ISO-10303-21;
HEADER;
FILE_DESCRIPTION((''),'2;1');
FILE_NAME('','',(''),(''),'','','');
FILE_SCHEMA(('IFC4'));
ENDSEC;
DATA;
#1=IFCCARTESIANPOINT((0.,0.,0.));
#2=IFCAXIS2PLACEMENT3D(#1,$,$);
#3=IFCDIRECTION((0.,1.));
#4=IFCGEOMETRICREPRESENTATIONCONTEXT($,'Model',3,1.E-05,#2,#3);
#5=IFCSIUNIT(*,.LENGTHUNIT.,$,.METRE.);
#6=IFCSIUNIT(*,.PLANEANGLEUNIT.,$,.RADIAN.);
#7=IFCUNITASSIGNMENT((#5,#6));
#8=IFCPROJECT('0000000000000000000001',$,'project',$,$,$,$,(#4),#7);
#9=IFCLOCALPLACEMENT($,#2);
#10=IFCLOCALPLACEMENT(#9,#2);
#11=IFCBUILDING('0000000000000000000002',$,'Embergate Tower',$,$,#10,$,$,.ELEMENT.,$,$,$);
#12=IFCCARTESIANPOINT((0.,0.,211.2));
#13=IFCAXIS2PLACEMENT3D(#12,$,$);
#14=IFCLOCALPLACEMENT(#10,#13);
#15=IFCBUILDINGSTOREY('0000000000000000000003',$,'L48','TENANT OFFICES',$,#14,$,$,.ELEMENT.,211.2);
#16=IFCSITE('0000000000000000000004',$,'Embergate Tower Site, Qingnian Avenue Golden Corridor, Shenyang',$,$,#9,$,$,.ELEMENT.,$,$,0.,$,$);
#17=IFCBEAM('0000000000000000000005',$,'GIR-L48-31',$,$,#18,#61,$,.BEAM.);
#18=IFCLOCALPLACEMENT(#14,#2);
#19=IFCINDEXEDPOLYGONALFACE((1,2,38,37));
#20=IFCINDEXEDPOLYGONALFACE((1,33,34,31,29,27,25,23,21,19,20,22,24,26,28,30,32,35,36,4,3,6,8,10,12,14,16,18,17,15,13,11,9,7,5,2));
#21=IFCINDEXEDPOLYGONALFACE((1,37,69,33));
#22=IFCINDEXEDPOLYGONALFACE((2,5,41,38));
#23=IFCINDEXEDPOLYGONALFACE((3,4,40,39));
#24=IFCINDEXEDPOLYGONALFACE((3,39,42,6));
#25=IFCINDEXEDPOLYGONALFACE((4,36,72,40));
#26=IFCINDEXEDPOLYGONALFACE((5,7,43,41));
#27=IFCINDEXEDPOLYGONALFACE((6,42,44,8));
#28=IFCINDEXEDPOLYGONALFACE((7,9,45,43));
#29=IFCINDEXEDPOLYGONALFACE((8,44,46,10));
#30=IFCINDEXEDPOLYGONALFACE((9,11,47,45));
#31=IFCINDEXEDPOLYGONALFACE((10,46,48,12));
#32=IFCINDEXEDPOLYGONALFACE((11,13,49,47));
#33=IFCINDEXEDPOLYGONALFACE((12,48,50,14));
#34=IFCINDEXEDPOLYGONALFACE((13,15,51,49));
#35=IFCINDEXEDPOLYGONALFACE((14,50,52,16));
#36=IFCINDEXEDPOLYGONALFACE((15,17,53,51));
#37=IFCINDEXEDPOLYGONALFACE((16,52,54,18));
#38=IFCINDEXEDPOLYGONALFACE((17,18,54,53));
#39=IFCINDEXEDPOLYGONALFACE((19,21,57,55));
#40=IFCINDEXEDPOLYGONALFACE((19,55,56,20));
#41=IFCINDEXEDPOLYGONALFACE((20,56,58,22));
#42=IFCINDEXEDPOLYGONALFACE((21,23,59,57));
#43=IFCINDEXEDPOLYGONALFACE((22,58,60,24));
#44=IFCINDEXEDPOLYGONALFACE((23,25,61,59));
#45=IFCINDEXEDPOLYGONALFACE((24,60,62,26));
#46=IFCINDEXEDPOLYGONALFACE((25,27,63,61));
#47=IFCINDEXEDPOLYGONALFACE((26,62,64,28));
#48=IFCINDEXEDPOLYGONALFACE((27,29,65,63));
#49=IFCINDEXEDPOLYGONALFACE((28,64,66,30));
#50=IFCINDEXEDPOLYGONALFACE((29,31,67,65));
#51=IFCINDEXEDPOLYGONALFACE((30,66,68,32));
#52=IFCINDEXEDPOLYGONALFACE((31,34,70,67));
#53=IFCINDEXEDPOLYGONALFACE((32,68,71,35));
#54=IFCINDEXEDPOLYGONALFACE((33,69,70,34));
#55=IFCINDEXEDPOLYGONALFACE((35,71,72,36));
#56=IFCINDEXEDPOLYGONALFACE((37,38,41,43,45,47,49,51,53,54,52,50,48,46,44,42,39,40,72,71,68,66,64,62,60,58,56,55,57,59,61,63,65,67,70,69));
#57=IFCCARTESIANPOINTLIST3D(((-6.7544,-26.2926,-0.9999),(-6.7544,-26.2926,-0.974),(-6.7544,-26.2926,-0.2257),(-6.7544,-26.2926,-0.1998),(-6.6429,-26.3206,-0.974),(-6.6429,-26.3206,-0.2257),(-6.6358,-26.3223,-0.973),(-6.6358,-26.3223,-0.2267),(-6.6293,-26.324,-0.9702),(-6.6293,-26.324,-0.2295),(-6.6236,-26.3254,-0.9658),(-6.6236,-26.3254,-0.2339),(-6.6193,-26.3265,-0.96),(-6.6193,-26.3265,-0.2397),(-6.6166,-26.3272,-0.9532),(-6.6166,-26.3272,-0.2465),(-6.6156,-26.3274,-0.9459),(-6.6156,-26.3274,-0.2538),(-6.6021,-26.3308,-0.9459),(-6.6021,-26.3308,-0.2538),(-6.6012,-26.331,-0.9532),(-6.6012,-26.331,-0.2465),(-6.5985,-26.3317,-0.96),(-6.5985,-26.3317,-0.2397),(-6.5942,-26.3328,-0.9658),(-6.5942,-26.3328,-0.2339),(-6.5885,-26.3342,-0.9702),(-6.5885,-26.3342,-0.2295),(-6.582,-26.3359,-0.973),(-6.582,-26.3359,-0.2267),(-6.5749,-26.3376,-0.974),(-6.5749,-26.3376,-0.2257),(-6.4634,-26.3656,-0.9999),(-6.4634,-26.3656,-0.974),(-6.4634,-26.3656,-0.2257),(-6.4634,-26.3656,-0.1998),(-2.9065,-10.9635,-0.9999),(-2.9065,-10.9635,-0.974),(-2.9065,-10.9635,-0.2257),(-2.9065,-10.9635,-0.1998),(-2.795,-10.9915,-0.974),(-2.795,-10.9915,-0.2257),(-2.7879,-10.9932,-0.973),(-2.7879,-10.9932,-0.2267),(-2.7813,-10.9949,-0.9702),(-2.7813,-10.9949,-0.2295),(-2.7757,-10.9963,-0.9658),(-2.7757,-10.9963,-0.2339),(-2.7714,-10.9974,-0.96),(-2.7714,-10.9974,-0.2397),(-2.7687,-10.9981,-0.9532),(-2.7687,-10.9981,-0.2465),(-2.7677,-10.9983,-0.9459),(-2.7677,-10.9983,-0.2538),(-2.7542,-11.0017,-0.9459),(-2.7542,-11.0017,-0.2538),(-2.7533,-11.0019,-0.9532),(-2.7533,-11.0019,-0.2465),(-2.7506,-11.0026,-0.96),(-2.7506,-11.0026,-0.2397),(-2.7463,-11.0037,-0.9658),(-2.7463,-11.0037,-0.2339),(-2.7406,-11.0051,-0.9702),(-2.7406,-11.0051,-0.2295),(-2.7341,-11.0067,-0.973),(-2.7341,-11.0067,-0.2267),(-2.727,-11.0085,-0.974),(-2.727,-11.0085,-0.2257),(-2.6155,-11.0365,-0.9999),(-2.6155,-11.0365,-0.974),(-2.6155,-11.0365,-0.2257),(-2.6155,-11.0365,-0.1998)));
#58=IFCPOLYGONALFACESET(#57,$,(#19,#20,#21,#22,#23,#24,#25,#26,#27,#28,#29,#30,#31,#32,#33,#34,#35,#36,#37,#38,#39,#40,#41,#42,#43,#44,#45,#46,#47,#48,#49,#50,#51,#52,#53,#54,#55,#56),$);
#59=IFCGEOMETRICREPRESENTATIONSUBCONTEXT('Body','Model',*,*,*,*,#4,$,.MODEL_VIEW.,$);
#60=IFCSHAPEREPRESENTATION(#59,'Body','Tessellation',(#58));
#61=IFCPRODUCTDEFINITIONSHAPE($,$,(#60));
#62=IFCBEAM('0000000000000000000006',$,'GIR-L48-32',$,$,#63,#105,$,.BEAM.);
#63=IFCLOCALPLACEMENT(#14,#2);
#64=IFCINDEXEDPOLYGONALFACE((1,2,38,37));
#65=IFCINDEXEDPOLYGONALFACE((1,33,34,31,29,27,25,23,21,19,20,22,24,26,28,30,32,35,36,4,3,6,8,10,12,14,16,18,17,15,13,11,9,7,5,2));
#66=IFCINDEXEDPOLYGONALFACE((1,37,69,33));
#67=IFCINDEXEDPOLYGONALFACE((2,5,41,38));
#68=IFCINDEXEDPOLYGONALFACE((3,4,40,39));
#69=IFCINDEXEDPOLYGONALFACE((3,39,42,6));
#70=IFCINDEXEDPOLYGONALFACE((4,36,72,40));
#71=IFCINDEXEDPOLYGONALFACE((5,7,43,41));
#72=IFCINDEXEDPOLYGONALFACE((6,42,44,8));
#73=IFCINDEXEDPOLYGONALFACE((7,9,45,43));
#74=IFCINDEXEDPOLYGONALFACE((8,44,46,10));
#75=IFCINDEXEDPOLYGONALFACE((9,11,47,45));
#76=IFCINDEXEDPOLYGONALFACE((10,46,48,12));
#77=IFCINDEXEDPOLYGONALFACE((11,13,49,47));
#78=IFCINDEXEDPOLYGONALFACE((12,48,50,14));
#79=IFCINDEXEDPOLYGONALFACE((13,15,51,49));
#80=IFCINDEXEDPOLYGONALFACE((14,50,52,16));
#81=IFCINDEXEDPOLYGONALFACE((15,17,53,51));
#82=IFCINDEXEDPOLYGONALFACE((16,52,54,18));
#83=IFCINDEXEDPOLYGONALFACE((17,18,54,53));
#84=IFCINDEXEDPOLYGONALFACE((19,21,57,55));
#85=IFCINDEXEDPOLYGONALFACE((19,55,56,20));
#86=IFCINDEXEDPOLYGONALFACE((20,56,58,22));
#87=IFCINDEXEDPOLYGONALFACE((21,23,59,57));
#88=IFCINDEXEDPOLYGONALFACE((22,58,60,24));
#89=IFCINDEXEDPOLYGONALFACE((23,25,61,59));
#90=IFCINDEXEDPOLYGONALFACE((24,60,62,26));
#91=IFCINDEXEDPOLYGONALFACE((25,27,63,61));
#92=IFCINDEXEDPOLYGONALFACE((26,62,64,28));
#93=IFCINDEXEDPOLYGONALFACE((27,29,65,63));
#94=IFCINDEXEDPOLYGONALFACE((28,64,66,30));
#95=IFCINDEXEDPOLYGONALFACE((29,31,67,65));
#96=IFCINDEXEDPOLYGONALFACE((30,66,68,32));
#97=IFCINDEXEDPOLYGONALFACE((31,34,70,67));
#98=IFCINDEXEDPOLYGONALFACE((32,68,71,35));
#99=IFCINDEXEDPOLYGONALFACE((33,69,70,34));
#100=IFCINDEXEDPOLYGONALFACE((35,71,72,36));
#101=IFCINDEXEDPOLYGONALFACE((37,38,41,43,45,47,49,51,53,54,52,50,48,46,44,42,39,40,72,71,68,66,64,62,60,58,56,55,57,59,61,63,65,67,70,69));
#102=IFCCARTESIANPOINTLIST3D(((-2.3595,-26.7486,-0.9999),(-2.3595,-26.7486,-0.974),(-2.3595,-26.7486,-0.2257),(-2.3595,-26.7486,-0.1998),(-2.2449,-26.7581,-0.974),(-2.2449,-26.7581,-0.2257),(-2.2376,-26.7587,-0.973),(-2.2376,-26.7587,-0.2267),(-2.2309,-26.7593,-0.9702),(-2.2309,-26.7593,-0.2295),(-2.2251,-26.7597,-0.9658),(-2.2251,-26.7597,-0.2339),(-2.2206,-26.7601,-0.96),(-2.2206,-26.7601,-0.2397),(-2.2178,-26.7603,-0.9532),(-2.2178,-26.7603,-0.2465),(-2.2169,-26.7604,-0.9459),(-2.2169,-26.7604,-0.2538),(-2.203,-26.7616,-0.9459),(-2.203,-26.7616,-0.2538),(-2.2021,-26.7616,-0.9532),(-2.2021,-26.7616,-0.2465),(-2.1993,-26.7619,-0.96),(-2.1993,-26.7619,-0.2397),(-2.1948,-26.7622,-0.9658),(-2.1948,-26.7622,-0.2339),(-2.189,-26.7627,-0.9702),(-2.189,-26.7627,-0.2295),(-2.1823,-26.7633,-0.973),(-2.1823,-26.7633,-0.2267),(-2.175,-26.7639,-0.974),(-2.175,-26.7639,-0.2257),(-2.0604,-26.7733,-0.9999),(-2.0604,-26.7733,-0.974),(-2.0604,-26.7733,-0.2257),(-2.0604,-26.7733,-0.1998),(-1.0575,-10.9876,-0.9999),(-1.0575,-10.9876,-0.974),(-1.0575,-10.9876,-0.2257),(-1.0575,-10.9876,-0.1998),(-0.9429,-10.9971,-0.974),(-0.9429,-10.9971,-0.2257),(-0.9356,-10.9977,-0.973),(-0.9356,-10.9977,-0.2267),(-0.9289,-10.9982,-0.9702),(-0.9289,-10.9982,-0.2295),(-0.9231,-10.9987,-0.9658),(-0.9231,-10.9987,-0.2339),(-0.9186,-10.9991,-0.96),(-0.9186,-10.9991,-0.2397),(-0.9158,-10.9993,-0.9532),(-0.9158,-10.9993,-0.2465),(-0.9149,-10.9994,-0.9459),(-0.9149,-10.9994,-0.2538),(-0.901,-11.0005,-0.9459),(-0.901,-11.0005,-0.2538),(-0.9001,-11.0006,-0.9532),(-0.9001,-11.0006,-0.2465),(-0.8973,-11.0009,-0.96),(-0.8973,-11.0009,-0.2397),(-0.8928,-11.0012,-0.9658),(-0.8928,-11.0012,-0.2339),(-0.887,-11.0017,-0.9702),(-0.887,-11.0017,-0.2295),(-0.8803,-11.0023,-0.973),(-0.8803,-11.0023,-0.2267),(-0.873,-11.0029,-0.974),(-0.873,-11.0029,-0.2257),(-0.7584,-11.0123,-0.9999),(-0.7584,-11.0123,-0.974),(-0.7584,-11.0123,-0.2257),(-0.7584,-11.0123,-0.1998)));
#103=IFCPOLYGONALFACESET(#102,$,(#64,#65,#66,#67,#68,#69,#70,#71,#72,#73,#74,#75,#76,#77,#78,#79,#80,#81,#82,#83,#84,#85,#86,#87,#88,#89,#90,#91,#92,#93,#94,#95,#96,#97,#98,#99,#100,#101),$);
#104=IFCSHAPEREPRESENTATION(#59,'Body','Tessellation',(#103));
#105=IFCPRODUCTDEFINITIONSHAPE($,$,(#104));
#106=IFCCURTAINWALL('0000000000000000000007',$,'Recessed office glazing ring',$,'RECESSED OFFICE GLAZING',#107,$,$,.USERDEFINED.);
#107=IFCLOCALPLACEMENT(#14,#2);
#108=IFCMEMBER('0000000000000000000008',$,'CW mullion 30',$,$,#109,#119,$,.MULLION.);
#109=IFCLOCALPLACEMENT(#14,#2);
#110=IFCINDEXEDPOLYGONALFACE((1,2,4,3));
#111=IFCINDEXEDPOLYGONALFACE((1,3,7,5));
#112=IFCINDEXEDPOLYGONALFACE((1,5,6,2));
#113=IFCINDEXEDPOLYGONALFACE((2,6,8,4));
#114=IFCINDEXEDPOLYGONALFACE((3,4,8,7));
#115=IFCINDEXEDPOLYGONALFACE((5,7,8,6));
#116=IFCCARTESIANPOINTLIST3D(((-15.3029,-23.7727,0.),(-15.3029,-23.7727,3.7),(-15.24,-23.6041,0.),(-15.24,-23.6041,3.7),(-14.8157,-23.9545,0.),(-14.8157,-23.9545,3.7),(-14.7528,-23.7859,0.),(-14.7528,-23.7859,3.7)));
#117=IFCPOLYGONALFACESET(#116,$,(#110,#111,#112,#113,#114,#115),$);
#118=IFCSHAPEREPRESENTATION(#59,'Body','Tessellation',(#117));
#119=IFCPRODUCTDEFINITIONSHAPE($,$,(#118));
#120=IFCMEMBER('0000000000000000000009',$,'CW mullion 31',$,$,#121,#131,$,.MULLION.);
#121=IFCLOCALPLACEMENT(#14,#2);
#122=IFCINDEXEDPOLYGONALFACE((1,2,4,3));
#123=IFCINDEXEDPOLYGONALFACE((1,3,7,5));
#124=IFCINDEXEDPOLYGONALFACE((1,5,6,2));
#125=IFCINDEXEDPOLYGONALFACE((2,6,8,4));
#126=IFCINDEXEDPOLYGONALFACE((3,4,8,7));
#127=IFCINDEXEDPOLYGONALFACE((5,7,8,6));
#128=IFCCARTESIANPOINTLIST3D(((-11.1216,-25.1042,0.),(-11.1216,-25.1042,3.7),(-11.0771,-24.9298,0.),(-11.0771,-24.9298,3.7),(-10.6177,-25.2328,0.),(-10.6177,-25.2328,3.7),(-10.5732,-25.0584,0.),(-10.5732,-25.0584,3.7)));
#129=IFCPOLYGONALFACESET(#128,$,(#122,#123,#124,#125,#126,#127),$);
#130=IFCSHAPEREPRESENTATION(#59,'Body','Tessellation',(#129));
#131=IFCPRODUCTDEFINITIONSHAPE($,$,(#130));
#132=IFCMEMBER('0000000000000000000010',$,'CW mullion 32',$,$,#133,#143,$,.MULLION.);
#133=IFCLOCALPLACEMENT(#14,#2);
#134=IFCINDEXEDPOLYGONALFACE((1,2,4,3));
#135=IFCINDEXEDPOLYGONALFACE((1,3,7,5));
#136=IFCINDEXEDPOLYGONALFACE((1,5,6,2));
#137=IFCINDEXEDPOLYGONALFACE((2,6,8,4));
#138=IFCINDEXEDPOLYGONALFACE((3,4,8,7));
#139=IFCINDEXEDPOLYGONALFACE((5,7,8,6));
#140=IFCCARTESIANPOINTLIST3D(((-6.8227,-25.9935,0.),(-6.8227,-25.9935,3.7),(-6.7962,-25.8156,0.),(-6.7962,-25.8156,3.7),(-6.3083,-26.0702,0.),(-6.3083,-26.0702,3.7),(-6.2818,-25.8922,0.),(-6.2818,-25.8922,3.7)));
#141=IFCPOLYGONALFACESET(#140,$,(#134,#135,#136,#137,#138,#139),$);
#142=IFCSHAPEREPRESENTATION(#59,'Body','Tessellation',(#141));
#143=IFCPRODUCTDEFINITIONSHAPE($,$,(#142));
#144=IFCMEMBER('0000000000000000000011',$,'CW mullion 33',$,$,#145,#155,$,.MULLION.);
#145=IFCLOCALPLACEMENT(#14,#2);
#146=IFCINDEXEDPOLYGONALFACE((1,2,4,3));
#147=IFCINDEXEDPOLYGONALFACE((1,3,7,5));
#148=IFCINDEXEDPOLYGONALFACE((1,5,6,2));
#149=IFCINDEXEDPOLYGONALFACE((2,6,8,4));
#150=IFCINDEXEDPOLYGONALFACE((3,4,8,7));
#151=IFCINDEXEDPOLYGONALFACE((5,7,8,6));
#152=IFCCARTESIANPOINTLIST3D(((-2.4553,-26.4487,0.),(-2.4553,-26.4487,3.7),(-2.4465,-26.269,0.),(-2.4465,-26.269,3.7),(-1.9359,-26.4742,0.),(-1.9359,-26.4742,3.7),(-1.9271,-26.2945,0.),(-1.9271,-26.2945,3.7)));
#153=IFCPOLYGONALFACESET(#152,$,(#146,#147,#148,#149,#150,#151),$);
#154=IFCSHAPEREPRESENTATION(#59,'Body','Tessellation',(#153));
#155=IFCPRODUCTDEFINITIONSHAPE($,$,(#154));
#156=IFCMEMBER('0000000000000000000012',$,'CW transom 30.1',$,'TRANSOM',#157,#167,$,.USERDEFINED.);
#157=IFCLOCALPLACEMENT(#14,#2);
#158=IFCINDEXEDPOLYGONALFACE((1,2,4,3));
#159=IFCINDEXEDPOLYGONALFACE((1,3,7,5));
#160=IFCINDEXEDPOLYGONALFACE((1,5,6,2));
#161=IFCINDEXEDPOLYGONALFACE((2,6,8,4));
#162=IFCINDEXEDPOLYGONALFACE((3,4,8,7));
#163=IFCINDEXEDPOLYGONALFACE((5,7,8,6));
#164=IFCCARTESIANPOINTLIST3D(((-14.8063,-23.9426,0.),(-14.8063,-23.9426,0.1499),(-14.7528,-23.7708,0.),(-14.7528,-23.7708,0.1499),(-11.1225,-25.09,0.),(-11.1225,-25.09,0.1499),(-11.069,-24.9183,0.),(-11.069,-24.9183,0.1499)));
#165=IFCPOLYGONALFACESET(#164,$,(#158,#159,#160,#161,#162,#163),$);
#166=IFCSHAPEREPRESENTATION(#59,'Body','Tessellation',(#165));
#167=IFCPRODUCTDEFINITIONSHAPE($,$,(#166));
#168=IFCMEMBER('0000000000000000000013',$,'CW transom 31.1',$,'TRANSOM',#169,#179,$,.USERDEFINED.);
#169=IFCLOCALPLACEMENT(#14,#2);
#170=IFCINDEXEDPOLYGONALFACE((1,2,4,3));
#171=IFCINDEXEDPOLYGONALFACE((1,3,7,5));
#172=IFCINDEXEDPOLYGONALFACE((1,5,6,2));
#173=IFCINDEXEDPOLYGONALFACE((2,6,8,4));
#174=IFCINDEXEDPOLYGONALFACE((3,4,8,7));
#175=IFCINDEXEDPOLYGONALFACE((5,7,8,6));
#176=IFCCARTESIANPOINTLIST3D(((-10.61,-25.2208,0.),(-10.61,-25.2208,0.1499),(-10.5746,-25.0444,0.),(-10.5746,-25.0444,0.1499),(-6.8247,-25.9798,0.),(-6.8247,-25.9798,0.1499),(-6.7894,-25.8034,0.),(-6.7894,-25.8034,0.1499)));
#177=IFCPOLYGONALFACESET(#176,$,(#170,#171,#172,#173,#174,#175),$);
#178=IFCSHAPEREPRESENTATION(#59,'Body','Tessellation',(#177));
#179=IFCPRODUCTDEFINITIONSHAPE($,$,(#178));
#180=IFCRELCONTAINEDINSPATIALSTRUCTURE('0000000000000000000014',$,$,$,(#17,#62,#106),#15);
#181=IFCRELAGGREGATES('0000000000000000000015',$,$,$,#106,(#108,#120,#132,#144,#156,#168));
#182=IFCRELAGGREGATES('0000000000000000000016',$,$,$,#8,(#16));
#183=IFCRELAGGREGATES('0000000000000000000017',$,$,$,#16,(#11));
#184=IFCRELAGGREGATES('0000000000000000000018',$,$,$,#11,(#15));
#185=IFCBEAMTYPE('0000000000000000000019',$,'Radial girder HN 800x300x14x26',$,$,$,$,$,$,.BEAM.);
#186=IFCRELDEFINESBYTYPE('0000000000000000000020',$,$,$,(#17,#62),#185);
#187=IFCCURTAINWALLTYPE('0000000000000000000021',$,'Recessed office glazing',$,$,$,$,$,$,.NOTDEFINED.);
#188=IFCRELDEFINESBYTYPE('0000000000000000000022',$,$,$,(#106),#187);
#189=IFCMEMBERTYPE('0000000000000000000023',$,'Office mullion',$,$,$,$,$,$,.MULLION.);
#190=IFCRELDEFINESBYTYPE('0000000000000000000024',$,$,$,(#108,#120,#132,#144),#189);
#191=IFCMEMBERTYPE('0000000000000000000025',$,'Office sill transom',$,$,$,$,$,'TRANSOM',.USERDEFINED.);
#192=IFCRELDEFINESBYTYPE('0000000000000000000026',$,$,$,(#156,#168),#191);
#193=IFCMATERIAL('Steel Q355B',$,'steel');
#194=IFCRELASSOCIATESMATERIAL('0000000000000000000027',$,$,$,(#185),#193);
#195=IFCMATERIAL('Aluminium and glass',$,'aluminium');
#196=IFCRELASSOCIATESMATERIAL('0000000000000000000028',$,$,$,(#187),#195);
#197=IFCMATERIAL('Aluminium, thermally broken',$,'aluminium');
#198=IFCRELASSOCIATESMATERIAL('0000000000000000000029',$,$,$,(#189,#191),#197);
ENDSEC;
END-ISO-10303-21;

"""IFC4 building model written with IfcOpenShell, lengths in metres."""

from ifc_helpers import new_model, si_unit, direction, frame, origin, origin_2d, place, context, subcontext, project, spatial, rectangle, i_section, extrude, source, transform, mapped, material, material_profile, profile_set, type_object, element, aggregate, save


model = new_model("IFC4")

# Units and contexts
model_context = context("Model", 3, precision=1e-05, world=origin(), true_north=direction((0.0, 1.0)))
body_context = subcontext(model_context, "Body", "Model", "MODEL_VIEW")
ifc_project = project(units=[si_unit("LENGTHUNIT", "METRE"), si_unit("PLANEANGLEUNIT", "RADIAN")], contexts=[model_context])

# Site, building, storey
site_placement = place(None, origin())
site = spatial("IfcSite", under=ifc_project, at=site_placement, Name="Embergate Tower Site, Qingnian Avenue Golden Corridor, Shenyang", CompositionType="ELEMENT", RefElevation=0.0)
building_placement = place(site_placement, origin())
building = spatial("IfcBuilding", under=site, at=building_placement, Name="Embergate Tower", CompositionType="ELEMENT")
storey_placement = place(building_placement, frame((0.0, 0.0, 211.2)))
storey = spatial("IfcBuildingStorey", under=building, at=storey_placement, Name="L48", Description="TENANT OFFICES", CompositionType="ELEMENT", Elevation=211.2)

# Beams
ifc_material_1 = material(Name="Steel Q355B", Category="steel")
ifc_material_profile_1 = material_profile(ifc_material_1, i_section(OverallWidth=0.3, OverallDepth=0.8, WebThickness=0.0139, FlangeThickness=0.0259, FilletRadius=0.0281, at=origin_2d()), Name="HN 800x300x14x26")
ifc_profile_set_1 = profile_set([ifc_material_profile_1], Name="Steel Q355 grade B")
beam_type_1 = type_object("IfcBeamType", Name="Radial girder HN 800x300x14x26", PredefinedType="BEAM", material=ifc_profile_set_1)
shared_shape_1 = source(origin(), body_context, "Body", "SweptSolid", [
    extrude(i_section(OverallWidth=0.3, OverallDepth=0.8, WebThickness=0.0139, FlangeThickness=0.0259, FilletRadius=0.0281, at=origin_2d()), origin(), (0.0, 0.0, 1.0), 15.8047),
])
beam_1_placement = place(storey_placement, frame((-6.6089, -26.3291, -0.5999), z_axis=(0.243466, 0.969909, 0.0), x_axis=(-0.969909, 0.243466, 0.0)))
element("IfcBeam", 1, at=beam_1_placement, inside=storey, type_object=beam_type_1, Name="GIR-L48-31", PredefinedType="BEAM", context=body_context, shape_type="MappedRepresentation", body=[
    mapped(shared_shape_1, transform((0.0, 0.0, 0.0))),
])
shared_shape_2 = source(origin(), body_context, "Body", "SweptSolid", [
    extrude(i_section(OverallWidth=0.3, OverallDepth=0.8, WebThickness=0.0139, FlangeThickness=0.0259, FilletRadius=0.0281, at=origin_2d()), origin(), (0.0, 0.0, 1.0), 15.8147),
])
beam_2_placement = place(storey_placement, frame((-2.21, -26.761, -0.5999), z_axis=(0.082329, 0.996605, 0.0), x_axis=(-0.996605, 0.082329, 0.0)))
element("IfcBeam", 2, at=beam_2_placement, inside=storey, type_object=beam_type_1, Name="GIR-L48-32", PredefinedType="BEAM", context=body_context, shape_type="MappedRepresentation", body=[
    mapped(shared_shape_2, transform((0.0, 0.0, 0.0))),
])

# Curtain wall, members
ifc_material_2 = material(Name="Aluminium and glass", Category="aluminium")
curtain_wall_type = type_object("IfcCurtainWallType", Name="Recessed office glazing", PredefinedType="NOTDEFINED", material=ifc_material_2)
curtain_wall_placement = place(storey_placement, origin())
curtain_wall = element("IfcCurtainWall", 3, at=curtain_wall_placement, inside=storey, type_object=curtain_wall_type, Name="Recessed office glazing ring", ObjectType="RECESSED OFFICE GLAZING", PredefinedType="USERDEFINED")
ifc_material_3 = material(Name="Aluminium, thermally broken", Category="aluminium")
ifc_material_profile_2 = material_profile(ifc_material_3, rectangle(XDim=0.1799, YDim=0.52, at=origin_2d()), Name="AL 520x180")
ifc_profile_set_2 = profile_set([ifc_material_profile_2], Name="Aluminium, thermally broken")
member_type_1 = type_object("IfcMemberType", Name="Office mullion", PredefinedType="MULLION", material=ifc_profile_set_2)
shared_shape_3 = source(origin(), body_context, "Body", "SweptSolid", [
    extrude(rectangle(XDim=0.1799, YDim=0.52, at=origin_2d()), origin(), (0.0, 0.0, 1.0), 3.7),
])
member_1_placement = place(storey_placement, frame((-15.0278, -23.7793, 0.0), z_axis=(0.0, 0.0, 1.0), x_axis=(0.349506, 0.936934, 0.0)))
member_1 = element("IfcMember", 4, at=member_1_placement, type_object=member_type_1, Name="CW mullion 30", PredefinedType="MULLION", context=body_context, shape_type="MappedRepresentation", body=[
    mapped(shared_shape_3, transform((0.0, 0.0, 0.0))),
])
member_2_placement = place(storey_placement, frame((-10.8474, -25.0813, 0.0), z_axis=(0.0, 0.0, 1.0), x_axis=(0.247315, 0.968935, 0.0)))
member_2 = element("IfcMember", 5, at=member_2_placement, type_object=member_type_1, Name="CW mullion 31", PredefinedType="MULLION", context=body_context, shape_type="MappedRepresentation", body=[
    mapped(shared_shape_3, transform((0.0, 0.0, 0.0))),
])
member_3_placement = place(storey_placement, frame((-6.5522, -25.9429, 0.0), z_axis=(0.0, 0.0, 1.0), x_axis=(0.147414, 0.989075, 0.0)))
member_3 = element("IfcMember", 6, at=member_3_placement, type_object=member_type_1, Name="CW mullion 32", PredefinedType="MULLION", context=body_context, shape_type="MappedRepresentation", body=[
    mapped(shared_shape_3, transform((0.0, 0.0, 0.0))),
])
member_4_placement = place(storey_placement, frame((-2.1912, -26.3716, 0.0), z_axis=(0.0, 0.0, 1.0), x_axis=(0.048972, 0.9988, 0.0)))
member_4 = element("IfcMember", 7, at=member_4_placement, type_object=member_type_1, Name="CW mullion 33", PredefinedType="MULLION", context=body_context, shape_type="MappedRepresentation", body=[
    mapped(shared_shape_3, transform((0.0, 0.0, 0.0))),
])
ifc_material_profile_3 = material_profile(ifc_material_3, rectangle(XDim=0.1799, YDim=0.1499, at=origin_2d()), Name="AL 150x180")
ifc_profile_set_3 = profile_set([ifc_material_profile_3], Name="Aluminium, thermally broken")
member_type_2 = type_object("IfcMemberType", Name="Office sill transom", ElementType="TRANSOM", PredefinedType="USERDEFINED", material=ifc_profile_set_3)
shared_shape_4 = source(origin(), body_context, "Body", "SweptSolid", [
    extrude(rectangle(XDim=0.1799, YDim=0.1499, at=origin_2d()), origin(), (0.0, 0.0, 1.0), 3.8584),
])
member_5_placement = place(storey_placement, frame((-14.7795, -23.8567, 0.075), z_axis=(0.954755, -0.297392, 0.0), x_axis=(0.297392, 0.954755, 0.0)))
member_5 = element("IfcMember", 8, at=member_5_placement, type_object=member_type_2, Name="CW transom 30.1", ObjectType="TRANSOM", PredefinedType="USERDEFINED", context=body_context, shape_type="MappedRepresentation", body=[
    mapped(shared_shape_4, transform((0.0, 0.0, 0.0))),
])
shared_shape_5 = source(origin(), body_context, "Body", "SweptSolid", [
    extrude(rectangle(XDim=0.1799, YDim=0.1499, at=origin_2d()), origin(), (0.0, 0.0, 1.0), 3.8606),
])
member_6_placement = place(storey_placement, frame((-10.5923, -25.1326, 0.075), z_axis=(0.980481, -0.196615, 0.0), x_axis=(0.196615, 0.980481, 0.0)))
member_6 = element("IfcMember", 9, at=member_6_placement, type_object=member_type_2, Name="CW transom 31.1", ObjectType="TRANSOM", PredefinedType="USERDEFINED", context=body_context, shape_type="MappedRepresentation", body=[
    mapped(shared_shape_5, transform((0.0, 0.0, 0.0))),
])

aggregate(curtain_wall, [member_1, member_2, member_3, member_4, member_5, member_6])

save(model, "model.ifc")
